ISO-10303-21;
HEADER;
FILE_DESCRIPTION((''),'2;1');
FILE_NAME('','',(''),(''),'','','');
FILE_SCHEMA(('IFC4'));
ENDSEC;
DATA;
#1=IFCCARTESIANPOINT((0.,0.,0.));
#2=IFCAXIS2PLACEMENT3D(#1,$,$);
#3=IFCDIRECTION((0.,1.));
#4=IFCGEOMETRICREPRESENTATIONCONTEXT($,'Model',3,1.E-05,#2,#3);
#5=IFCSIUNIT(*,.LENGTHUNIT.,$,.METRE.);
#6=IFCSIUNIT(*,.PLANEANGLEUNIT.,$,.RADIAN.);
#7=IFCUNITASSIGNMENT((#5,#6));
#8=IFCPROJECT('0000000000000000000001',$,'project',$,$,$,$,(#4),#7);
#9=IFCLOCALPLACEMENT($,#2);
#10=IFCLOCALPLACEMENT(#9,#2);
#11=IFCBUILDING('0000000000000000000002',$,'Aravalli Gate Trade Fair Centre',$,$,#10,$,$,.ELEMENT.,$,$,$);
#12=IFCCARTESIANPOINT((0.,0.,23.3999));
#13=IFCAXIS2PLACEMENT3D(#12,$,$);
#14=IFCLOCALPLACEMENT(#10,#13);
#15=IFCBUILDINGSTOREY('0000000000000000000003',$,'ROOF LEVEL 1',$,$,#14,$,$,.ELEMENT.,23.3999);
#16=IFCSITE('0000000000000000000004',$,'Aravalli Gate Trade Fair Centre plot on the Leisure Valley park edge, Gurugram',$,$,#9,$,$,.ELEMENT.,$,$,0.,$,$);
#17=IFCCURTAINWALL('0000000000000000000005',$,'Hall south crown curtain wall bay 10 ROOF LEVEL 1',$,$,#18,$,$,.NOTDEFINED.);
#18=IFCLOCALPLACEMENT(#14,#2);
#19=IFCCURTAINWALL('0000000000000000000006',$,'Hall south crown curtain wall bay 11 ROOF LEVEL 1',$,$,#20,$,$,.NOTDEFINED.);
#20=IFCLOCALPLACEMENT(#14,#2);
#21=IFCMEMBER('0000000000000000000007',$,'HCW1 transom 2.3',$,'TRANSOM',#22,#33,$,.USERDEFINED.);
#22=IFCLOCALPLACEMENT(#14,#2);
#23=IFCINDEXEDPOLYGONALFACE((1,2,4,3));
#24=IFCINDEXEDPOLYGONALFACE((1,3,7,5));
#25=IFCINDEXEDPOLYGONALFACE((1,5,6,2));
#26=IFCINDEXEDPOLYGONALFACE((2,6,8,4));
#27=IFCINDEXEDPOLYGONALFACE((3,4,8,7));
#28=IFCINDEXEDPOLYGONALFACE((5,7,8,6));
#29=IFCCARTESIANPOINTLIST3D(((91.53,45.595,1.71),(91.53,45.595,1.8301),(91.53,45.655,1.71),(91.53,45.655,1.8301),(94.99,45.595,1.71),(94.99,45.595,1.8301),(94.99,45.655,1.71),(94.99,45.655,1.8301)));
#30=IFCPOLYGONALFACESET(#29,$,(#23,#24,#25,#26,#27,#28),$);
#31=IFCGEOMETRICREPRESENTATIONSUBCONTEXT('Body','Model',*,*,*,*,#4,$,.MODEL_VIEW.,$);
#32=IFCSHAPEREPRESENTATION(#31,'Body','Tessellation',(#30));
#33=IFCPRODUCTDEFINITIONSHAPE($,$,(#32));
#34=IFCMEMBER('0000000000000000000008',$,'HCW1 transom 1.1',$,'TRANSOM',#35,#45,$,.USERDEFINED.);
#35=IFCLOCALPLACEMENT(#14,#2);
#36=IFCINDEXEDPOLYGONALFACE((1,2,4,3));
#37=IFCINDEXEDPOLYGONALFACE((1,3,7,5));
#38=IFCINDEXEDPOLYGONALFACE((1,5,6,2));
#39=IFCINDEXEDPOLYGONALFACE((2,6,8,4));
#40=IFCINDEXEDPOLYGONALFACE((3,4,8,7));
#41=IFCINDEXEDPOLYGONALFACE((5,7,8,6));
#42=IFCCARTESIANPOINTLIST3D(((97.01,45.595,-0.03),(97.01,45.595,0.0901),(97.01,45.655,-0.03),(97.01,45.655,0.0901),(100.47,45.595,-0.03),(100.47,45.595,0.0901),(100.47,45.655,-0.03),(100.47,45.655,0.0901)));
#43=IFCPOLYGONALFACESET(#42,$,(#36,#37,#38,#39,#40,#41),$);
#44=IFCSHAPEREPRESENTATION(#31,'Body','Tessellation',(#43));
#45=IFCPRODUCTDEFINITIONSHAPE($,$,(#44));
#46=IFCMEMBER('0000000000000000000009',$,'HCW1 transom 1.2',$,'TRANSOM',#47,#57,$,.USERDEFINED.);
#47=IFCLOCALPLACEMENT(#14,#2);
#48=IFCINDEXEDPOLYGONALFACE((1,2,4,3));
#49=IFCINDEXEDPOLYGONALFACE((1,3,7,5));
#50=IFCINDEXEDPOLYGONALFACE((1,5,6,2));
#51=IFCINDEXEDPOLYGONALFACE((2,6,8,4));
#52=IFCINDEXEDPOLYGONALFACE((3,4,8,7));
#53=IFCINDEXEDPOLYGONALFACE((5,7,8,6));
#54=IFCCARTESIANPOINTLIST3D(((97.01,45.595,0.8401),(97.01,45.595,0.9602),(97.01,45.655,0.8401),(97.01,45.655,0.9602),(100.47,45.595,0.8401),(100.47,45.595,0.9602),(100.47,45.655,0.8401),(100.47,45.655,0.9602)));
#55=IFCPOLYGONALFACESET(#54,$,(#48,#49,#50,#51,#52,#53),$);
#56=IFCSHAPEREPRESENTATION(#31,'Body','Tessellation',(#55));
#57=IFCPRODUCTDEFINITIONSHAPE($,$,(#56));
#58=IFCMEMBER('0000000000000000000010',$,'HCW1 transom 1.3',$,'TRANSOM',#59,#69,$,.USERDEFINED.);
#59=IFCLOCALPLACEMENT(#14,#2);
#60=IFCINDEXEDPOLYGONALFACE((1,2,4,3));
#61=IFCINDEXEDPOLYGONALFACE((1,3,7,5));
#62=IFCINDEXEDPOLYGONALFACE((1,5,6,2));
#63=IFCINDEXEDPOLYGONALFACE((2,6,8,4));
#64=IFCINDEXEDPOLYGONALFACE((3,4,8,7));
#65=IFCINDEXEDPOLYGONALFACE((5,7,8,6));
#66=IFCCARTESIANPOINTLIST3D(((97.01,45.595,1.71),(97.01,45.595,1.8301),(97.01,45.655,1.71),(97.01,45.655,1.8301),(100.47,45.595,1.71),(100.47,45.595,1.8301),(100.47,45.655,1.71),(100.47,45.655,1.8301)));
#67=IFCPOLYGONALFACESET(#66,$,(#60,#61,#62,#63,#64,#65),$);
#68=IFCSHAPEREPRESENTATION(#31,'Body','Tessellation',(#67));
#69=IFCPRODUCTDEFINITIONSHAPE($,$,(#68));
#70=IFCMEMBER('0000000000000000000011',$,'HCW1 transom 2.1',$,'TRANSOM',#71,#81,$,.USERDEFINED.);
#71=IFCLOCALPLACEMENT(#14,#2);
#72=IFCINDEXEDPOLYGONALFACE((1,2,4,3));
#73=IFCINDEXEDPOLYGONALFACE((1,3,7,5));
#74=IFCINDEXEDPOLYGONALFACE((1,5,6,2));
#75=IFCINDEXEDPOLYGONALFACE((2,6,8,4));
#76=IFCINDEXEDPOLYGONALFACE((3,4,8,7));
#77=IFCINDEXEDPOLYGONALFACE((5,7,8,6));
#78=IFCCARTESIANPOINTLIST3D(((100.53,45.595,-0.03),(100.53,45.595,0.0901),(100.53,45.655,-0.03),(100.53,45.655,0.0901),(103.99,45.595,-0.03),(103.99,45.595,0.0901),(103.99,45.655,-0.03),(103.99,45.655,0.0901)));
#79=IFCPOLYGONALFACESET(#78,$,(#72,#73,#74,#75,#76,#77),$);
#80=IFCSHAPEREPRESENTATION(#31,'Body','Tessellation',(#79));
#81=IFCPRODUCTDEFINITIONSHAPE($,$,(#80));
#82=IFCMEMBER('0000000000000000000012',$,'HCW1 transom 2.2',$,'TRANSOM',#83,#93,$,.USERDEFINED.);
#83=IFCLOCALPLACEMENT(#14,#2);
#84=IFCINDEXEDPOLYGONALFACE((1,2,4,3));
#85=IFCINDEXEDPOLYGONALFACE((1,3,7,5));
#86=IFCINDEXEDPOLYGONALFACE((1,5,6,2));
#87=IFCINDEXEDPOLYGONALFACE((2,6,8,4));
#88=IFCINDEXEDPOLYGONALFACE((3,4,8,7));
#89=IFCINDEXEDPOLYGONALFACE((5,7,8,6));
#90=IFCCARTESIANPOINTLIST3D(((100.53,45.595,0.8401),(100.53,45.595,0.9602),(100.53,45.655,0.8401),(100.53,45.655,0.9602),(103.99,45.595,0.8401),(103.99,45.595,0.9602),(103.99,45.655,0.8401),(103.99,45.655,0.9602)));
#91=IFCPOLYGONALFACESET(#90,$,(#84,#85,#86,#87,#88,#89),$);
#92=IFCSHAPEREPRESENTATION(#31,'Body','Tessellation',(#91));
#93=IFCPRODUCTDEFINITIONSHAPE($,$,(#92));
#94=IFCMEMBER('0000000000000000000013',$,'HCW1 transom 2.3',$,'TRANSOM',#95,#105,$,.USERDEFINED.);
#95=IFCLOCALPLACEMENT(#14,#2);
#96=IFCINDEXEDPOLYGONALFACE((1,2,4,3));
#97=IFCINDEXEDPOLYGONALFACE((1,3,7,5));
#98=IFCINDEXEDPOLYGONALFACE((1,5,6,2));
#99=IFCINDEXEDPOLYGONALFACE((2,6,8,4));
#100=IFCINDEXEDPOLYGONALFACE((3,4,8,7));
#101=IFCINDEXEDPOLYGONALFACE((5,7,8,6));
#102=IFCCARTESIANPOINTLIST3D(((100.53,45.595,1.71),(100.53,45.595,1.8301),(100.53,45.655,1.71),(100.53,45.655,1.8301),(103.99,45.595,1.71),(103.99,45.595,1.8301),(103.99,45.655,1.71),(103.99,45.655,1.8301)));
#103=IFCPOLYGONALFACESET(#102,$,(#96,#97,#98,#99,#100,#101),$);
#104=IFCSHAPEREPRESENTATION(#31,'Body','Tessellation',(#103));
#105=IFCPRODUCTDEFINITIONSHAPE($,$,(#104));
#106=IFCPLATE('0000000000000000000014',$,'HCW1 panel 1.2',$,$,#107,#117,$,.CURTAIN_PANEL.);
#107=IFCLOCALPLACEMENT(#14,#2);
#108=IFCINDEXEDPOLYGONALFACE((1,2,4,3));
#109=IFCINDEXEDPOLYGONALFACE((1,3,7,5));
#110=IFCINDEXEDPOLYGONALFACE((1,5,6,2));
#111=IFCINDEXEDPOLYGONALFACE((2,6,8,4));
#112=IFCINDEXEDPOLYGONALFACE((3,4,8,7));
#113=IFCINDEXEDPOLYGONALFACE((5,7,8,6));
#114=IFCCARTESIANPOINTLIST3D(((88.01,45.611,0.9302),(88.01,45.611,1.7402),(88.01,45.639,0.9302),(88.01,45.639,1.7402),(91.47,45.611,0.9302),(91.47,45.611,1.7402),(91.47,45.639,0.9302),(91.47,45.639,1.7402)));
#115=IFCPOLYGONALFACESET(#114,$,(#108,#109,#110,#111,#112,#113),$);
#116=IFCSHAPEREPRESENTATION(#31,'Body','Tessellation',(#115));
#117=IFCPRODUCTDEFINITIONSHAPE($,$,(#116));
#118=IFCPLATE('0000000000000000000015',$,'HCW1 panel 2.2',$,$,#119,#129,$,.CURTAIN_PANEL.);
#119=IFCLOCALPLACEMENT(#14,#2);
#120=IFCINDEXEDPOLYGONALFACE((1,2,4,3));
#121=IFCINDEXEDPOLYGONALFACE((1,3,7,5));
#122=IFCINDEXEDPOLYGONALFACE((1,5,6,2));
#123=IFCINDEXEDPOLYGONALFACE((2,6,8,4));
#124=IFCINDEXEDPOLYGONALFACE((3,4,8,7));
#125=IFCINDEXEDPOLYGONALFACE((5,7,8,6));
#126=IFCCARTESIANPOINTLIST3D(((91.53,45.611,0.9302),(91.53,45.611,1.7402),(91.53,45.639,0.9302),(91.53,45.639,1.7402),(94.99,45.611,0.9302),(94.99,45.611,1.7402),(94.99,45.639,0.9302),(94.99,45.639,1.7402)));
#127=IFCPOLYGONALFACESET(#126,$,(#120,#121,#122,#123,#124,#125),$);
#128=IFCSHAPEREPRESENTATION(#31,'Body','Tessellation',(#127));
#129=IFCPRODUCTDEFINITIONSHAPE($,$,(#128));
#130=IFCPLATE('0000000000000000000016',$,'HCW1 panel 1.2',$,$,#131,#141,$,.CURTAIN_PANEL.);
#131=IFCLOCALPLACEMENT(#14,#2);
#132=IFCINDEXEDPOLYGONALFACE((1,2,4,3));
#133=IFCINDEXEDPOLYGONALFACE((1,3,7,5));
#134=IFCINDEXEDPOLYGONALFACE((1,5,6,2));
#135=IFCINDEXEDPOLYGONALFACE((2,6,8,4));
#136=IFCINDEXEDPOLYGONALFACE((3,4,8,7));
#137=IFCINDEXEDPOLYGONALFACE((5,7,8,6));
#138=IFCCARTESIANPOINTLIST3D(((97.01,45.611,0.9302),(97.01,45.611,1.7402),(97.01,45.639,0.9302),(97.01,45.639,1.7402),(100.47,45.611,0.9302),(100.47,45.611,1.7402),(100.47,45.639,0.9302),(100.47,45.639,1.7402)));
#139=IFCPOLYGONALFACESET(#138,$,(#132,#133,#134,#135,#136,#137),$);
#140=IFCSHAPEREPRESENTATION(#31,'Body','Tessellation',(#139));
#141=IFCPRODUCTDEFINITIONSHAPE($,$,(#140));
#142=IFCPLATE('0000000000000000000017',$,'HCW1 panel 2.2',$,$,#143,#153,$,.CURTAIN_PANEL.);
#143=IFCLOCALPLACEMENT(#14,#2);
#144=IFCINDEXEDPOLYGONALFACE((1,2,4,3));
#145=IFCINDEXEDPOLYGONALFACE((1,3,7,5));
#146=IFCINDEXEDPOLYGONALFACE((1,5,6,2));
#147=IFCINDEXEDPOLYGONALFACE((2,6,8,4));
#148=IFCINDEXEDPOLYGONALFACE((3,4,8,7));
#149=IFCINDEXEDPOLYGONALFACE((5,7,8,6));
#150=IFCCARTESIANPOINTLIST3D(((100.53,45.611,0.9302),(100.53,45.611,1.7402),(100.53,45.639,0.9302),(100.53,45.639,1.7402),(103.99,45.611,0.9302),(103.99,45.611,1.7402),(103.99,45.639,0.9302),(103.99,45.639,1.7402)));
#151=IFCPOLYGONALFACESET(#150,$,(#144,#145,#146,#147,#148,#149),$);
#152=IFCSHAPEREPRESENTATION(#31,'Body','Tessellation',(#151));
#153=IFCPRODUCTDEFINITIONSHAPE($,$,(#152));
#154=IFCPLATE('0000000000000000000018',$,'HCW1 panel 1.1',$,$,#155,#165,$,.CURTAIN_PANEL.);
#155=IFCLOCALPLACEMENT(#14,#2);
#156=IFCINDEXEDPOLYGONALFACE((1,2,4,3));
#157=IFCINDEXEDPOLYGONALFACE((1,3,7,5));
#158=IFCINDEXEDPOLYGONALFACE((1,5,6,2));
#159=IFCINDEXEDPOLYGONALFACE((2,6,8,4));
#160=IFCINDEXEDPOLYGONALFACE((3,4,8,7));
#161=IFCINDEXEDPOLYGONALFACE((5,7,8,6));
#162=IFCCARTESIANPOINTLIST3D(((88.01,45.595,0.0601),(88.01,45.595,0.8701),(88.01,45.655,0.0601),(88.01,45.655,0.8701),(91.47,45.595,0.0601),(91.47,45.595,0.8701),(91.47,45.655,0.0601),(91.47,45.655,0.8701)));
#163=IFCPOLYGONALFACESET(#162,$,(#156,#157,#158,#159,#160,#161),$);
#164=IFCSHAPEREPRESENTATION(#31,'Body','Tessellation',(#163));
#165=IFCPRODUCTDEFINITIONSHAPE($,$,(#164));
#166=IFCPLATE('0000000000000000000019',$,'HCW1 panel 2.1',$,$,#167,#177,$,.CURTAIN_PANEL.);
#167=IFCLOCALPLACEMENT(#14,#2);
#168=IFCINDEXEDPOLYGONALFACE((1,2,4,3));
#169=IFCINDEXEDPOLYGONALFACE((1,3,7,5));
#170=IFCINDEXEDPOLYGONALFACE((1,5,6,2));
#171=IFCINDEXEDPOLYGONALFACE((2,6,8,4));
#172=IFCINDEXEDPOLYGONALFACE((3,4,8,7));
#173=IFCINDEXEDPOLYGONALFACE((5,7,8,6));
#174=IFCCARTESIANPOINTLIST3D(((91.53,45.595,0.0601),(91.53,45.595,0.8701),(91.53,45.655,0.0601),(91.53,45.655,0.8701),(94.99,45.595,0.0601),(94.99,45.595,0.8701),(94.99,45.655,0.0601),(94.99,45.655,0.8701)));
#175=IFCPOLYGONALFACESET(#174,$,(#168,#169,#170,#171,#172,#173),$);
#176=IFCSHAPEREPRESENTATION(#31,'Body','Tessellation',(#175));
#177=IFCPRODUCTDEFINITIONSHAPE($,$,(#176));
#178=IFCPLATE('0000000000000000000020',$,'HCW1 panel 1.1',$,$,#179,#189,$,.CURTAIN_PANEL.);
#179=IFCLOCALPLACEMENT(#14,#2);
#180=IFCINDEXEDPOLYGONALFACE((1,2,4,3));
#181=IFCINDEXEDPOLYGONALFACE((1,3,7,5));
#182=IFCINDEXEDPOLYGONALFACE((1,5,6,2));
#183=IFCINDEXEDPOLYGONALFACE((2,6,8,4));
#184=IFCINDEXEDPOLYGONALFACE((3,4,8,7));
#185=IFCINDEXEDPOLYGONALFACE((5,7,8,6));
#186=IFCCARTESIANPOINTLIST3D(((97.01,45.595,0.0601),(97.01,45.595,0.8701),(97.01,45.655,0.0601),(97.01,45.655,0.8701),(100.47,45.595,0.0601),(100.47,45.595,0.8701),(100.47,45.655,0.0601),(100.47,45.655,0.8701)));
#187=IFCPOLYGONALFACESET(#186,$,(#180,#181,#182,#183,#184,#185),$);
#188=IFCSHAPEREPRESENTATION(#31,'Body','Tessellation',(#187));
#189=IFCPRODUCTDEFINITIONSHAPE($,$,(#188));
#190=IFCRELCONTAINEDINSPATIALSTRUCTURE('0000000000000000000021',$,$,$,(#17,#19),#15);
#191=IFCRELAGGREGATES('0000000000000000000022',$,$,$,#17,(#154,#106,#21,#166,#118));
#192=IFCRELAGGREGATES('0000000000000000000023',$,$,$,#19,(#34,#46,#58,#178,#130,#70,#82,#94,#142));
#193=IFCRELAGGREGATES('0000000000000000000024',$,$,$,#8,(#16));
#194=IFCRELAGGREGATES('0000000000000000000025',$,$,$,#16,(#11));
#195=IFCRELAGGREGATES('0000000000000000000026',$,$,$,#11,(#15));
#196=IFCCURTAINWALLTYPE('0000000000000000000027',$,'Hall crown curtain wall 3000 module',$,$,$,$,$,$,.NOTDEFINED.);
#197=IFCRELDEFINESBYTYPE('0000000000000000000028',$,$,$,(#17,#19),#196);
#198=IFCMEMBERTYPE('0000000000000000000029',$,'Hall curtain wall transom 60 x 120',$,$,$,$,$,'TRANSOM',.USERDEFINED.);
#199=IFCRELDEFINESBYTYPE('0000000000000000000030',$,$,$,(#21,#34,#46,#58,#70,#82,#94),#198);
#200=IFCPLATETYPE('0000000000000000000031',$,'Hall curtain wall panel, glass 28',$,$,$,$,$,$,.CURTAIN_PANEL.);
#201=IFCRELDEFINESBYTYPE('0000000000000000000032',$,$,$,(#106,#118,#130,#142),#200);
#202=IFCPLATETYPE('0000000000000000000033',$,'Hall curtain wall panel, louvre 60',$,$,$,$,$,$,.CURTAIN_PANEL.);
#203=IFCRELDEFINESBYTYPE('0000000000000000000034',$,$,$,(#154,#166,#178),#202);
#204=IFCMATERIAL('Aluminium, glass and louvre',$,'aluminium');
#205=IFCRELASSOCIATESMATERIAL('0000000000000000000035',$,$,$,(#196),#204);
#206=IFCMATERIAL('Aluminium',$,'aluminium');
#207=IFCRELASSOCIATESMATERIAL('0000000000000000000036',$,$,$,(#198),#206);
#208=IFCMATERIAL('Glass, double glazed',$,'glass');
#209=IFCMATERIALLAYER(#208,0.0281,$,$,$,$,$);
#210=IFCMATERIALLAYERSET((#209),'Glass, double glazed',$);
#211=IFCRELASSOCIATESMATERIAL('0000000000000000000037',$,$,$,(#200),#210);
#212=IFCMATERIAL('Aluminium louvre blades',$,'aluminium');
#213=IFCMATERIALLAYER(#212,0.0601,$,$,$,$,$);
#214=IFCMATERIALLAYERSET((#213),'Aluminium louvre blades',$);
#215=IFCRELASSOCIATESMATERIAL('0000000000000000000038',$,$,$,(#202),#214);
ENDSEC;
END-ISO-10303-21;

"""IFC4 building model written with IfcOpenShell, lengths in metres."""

from ifc_helpers import new_model, si_unit, direction, frame, origin, origin_2d, place, context, subcontext, project, spatial, rectangle, extrude, material, layer, layer_set, material_profile, profile_set, type_object, element, aggregate, save


model = new_model("IFC4")

# Units and contexts
model_context = context("Model", 3, precision=1e-05, world=origin(), true_north=direction((0.0, 1.0)))
body_context = subcontext(model_context, "Body", "Model", "MODEL_VIEW")
ifc_project = project(units=[si_unit("LENGTHUNIT", "METRE"), si_unit("PLANEANGLEUNIT", "RADIAN")], contexts=[model_context])

# Site, building, storey
site_placement = place(None, origin())
site = spatial("IfcSite", under=ifc_project, at=site_placement, Name="Aravalli Gate Trade Fair Centre plot on the Leisure Valley park edge, Gurugram", CompositionType="ELEMENT", RefElevation=0.0)
building_placement = place(site_placement, origin())
building = spatial("IfcBuilding", under=site, at=building_placement, Name="Aravalli Gate Trade Fair Centre", CompositionType="ELEMENT")
storey_placement = place(building_placement, frame((0.0, 0.0, 23.3999)))
storey = spatial("IfcBuildingStorey", under=building, at=storey_placement, Name="ROOF LEVEL 1", CompositionType="ELEMENT", Elevation=23.3999)

# Curtain walls
ifc_material_1 = material(Name="Aluminium, glass and louvre", Category="aluminium")
curtain_wall_type = type_object("IfcCurtainWallType", Name="Hall crown curtain wall 3000 module", PredefinedType="NOTDEFINED", material=ifc_material_1)
curtain_wall_1_placement = place(storey_placement, origin())
curtain_wall_1 = element("IfcCurtainWall", 1, at=curtain_wall_1_placement, inside=storey, type_object=curtain_wall_type, Name="Hall south crown curtain wall bay 10 ROOF LEVEL 1", PredefinedType="NOTDEFINED")
ifc_material_2 = material(Name="Aluminium", Category="aluminium")
curtain_wall_2_placement = place(storey_placement, origin())
curtain_wall_2 = element("IfcCurtainWall", 2, at=curtain_wall_2_placement, inside=storey, type_object=curtain_wall_type, Name="Hall south crown curtain wall bay 11 ROOF LEVEL 1", PredefinedType="NOTDEFINED")

# Members
ifc_material_profile_1 = material_profile(ifc_material_2, rectangle(XDim=0.0601, YDim=0.1201, at=origin_2d()), Name="Hall curtain wall transom 60 x 120")
ifc_profile_set_1 = profile_set([ifc_material_profile_1], Name="Aluminium")
member_type_1 = type_object("IfcMemberType", Name="Hall curtain wall transom 60 x 120", ElementType="TRANSOM", PredefinedType="USERDEFINED", material=ifc_profile_set_1)
member_1_placement = place(storey_placement, frame((91.53, 45.625, 1.77), z_axis=(1.0, 0.0, 0.0), x_axis=(0.0, 1.0, 0.0)))
member_1 = element("IfcMember", 3, at=member_1_placement, type_object=member_type_1, Name="HCW1 transom 2.3", ObjectType="TRANSOM", PredefinedType="USERDEFINED", context=body_context, shape_type="SweptSolid", body=[
    extrude(rectangle(XDim=0.0601, YDim=0.1201, at=origin_2d()), origin(), (0.0, 0.0, 1.0), 3.46),
])
member_2_placement = place(storey_placement, frame((97.01, 45.625, 0.03), z_axis=(1.0, 0.0, 0.0), x_axis=(0.0, 1.0, 0.0)))
member_2 = element("IfcMember", 4, at=member_2_placement, type_object=member_type_1, Name="HCW1 transom 1.1", ObjectType="TRANSOM", PredefinedType="USERDEFINED", context=body_context, shape_type="SweptSolid", body=[
    extrude(rectangle(XDim=0.0601, YDim=0.1201, at=origin_2d()), origin(), (0.0, 0.0, 1.0), 3.46),
])
member_3_placement = place(storey_placement, frame((97.01, 45.625, 0.9001), z_axis=(1.0, 0.0, 0.0), x_axis=(0.0, 1.0, 0.0)))
member_3 = element("IfcMember", 5, at=member_3_placement, type_object=member_type_1, Name="HCW1 transom 1.2", ObjectType="TRANSOM", PredefinedType="USERDEFINED", context=body_context, shape_type="SweptSolid", body=[
    extrude(rectangle(XDim=0.0601, YDim=0.1201, at=origin_2d()), origin(), (0.0, 0.0, 1.0), 3.46),
])
member_4_placement = place(storey_placement, frame((97.01, 45.625, 1.77), z_axis=(1.0, 0.0, 0.0), x_axis=(0.0, 1.0, 0.0)))
member_4 = element("IfcMember", 6, at=member_4_placement, type_object=member_type_1, Name="HCW1 transom 1.3", ObjectType="TRANSOM", PredefinedType="USERDEFINED", context=body_context, shape_type="SweptSolid", body=[
    extrude(rectangle(XDim=0.0601, YDim=0.1201, at=origin_2d()), origin(), (0.0, 0.0, 1.0), 3.46),
])
member_5_placement = place(storey_placement, frame((100.53, 45.625, 0.03), z_axis=(1.0, 0.0, 0.0), x_axis=(0.0, 1.0, 0.0)))
member_5 = element("IfcMember", 7, at=member_5_placement, type_object=member_type_1, Name="HCW1 transom 2.1", ObjectType="TRANSOM", PredefinedType="USERDEFINED", context=body_context, shape_type="SweptSolid", body=[
    extrude(rectangle(XDim=0.0601, YDim=0.1201, at=origin_2d()), origin(), (0.0, 0.0, 1.0), 3.46),
])
member_6_placement = place(storey_placement, frame((100.53, 45.625, 0.9001), z_axis=(1.0, 0.0, 0.0), x_axis=(0.0, 1.0, 0.0)))
member_6 = element("IfcMember", 8, at=member_6_placement, type_object=member_type_1, Name="HCW1 transom 2.2", ObjectType="TRANSOM", PredefinedType="USERDEFINED", context=body_context, shape_type="SweptSolid", body=[
    extrude(rectangle(XDim=0.0601, YDim=0.1201, at=origin_2d()), origin(), (0.0, 0.0, 1.0), 3.46),
])
member_7_placement = place(storey_placement, frame((100.53, 45.625, 1.77), z_axis=(1.0, 0.0, 0.0), x_axis=(0.0, 1.0, 0.0)))
member_7 = element("IfcMember", 9, at=member_7_placement, type_object=member_type_1, Name="HCW1 transom 2.3", ObjectType="TRANSOM", PredefinedType="USERDEFINED", context=body_context, shape_type="SweptSolid", body=[
    extrude(rectangle(XDim=0.0601, YDim=0.1201, at=origin_2d()), origin(), (0.0, 0.0, 1.0), 3.46),
])

# Plates
ifc_material_3 = material(Name="Glass, double glazed", Category="glass")
ifc_layer_1 = layer(ifc_material_3, 0.0281)
ifc_layer_set_1 = layer_set([ifc_layer_1], Name="Glass, double glazed")
plate_type_1 = type_object("IfcPlateType", Name="Hall curtain wall panel, glass 28", PredefinedType="CURTAIN_PANEL", material=ifc_layer_set_1)
plate_1_placement = place(storey_placement, frame((89.74, 45.625, 0.9302), z_axis=(0.0, 0.0, 1.0), x_axis=(1.0, 0.0, 0.0)))
plate_1 = element("IfcPlate", 10, at=plate_1_placement, type_object=plate_type_1, Name="HCW1 panel 1.2", PredefinedType="CURTAIN_PANEL", context=body_context, shape_type="SweptSolid", body=[
    extrude(rectangle(XDim=3.46, YDim=0.0281, at=origin_2d()), origin(), (0.0, 0.0, 1.0), 0.8101),
])
plate_2_placement = place(storey_placement, frame((93.26, 45.625, 0.9302), z_axis=(0.0, 0.0, 1.0), x_axis=(1.0, 0.0, 0.0)))
plate_2 = element("IfcPlate", 11, at=plate_2_placement, type_object=plate_type_1, Name="HCW1 panel 2.2", PredefinedType="CURTAIN_PANEL", context=body_context, shape_type="SweptSolid", body=[
    extrude(rectangle(XDim=3.46, YDim=0.0281, at=origin_2d()), origin(), (0.0, 0.0, 1.0), 0.8101),
])
plate_3_placement = place(storey_placement, frame((98.74, 45.625, 0.9302), z_axis=(0.0, 0.0, 1.0), x_axis=(1.0, 0.0, 0.0)))
plate_3 = element("IfcPlate", 12, at=plate_3_placement, type_object=plate_type_1, Name="HCW1 panel 1.2", PredefinedType="CURTAIN_PANEL", context=body_context, shape_type="SweptSolid", body=[
    extrude(rectangle(XDim=3.46, YDim=0.0281, at=origin_2d()), origin(), (0.0, 0.0, 1.0), 0.8101),
])
plate_4_placement = place(storey_placement, frame((102.26, 45.625, 0.9302), z_axis=(0.0, 0.0, 1.0), x_axis=(1.0, 0.0, 0.0)))
plate_4 = element("IfcPlate", 13, at=plate_4_placement, type_object=plate_type_1, Name="HCW1 panel 2.2", PredefinedType="CURTAIN_PANEL", context=body_context, shape_type="SweptSolid", body=[
    extrude(rectangle(XDim=3.46, YDim=0.0281, at=origin_2d()), origin(), (0.0, 0.0, 1.0), 0.8101),
])
ifc_material_4 = material(Name="Aluminium louvre blades", Category="aluminium")
ifc_layer_2 = layer(ifc_material_4, 0.0601)
ifc_layer_set_2 = layer_set([ifc_layer_2], Name="Aluminium louvre blades")
plate_type_2 = type_object("IfcPlateType", Name="Hall curtain wall panel, louvre 60", PredefinedType="CURTAIN_PANEL", material=ifc_layer_set_2)
plate_5_placement = place(storey_placement, frame((89.74, 45.625, 0.0601), z_axis=(0.0, 0.0, 1.0), x_axis=(1.0, 0.0, 0.0)))
plate_5 = element("IfcPlate", 14, at=plate_5_placement, type_object=plate_type_2, Name="HCW1 panel 1.1", PredefinedType="CURTAIN_PANEL", context=body_context, shape_type="SweptSolid", body=[
    extrude(rectangle(XDim=3.46, YDim=0.0601, at=origin_2d()), origin(), (0.0, 0.0, 1.0), 0.8101),
])
plate_6_placement = place(storey_placement, frame((93.26, 45.625, 0.0601), z_axis=(0.0, 0.0, 1.0), x_axis=(1.0, 0.0, 0.0)))
plate_6 = element("IfcPlate", 15, at=plate_6_placement, type_object=plate_type_2, Name="HCW1 panel 2.1", PredefinedType="CURTAIN_PANEL", context=body_context, shape_type="SweptSolid", body=[
    extrude(rectangle(XDim=3.46, YDim=0.0601, at=origin_2d()), origin(), (0.0, 0.0, 1.0), 0.8101),
])
aggregate(curtain_wall_1, [plate_5, plate_1, member_1, plate_6, plate_2])
plate_7_placement = place(storey_placement, frame((98.74, 45.625, 0.0601), z_axis=(0.0, 0.0, 1.0), x_axis=(1.0, 0.0, 0.0)))
plate_7 = element("IfcPlate", 16, at=plate_7_placement, type_object=plate_type_2, Name="HCW1 panel 1.1", PredefinedType="CURTAIN_PANEL", context=body_context, shape_type="SweptSolid", body=[
    extrude(rectangle(XDim=3.46, YDim=0.0601, at=origin_2d()), origin(), (0.0, 0.0, 1.0), 0.8101),
])
aggregate(curtain_wall_2, [member_2, member_3, member_4, plate_7, plate_3, member_5, member_6, member_7, plate_4])

save(model, "model.ifc")
